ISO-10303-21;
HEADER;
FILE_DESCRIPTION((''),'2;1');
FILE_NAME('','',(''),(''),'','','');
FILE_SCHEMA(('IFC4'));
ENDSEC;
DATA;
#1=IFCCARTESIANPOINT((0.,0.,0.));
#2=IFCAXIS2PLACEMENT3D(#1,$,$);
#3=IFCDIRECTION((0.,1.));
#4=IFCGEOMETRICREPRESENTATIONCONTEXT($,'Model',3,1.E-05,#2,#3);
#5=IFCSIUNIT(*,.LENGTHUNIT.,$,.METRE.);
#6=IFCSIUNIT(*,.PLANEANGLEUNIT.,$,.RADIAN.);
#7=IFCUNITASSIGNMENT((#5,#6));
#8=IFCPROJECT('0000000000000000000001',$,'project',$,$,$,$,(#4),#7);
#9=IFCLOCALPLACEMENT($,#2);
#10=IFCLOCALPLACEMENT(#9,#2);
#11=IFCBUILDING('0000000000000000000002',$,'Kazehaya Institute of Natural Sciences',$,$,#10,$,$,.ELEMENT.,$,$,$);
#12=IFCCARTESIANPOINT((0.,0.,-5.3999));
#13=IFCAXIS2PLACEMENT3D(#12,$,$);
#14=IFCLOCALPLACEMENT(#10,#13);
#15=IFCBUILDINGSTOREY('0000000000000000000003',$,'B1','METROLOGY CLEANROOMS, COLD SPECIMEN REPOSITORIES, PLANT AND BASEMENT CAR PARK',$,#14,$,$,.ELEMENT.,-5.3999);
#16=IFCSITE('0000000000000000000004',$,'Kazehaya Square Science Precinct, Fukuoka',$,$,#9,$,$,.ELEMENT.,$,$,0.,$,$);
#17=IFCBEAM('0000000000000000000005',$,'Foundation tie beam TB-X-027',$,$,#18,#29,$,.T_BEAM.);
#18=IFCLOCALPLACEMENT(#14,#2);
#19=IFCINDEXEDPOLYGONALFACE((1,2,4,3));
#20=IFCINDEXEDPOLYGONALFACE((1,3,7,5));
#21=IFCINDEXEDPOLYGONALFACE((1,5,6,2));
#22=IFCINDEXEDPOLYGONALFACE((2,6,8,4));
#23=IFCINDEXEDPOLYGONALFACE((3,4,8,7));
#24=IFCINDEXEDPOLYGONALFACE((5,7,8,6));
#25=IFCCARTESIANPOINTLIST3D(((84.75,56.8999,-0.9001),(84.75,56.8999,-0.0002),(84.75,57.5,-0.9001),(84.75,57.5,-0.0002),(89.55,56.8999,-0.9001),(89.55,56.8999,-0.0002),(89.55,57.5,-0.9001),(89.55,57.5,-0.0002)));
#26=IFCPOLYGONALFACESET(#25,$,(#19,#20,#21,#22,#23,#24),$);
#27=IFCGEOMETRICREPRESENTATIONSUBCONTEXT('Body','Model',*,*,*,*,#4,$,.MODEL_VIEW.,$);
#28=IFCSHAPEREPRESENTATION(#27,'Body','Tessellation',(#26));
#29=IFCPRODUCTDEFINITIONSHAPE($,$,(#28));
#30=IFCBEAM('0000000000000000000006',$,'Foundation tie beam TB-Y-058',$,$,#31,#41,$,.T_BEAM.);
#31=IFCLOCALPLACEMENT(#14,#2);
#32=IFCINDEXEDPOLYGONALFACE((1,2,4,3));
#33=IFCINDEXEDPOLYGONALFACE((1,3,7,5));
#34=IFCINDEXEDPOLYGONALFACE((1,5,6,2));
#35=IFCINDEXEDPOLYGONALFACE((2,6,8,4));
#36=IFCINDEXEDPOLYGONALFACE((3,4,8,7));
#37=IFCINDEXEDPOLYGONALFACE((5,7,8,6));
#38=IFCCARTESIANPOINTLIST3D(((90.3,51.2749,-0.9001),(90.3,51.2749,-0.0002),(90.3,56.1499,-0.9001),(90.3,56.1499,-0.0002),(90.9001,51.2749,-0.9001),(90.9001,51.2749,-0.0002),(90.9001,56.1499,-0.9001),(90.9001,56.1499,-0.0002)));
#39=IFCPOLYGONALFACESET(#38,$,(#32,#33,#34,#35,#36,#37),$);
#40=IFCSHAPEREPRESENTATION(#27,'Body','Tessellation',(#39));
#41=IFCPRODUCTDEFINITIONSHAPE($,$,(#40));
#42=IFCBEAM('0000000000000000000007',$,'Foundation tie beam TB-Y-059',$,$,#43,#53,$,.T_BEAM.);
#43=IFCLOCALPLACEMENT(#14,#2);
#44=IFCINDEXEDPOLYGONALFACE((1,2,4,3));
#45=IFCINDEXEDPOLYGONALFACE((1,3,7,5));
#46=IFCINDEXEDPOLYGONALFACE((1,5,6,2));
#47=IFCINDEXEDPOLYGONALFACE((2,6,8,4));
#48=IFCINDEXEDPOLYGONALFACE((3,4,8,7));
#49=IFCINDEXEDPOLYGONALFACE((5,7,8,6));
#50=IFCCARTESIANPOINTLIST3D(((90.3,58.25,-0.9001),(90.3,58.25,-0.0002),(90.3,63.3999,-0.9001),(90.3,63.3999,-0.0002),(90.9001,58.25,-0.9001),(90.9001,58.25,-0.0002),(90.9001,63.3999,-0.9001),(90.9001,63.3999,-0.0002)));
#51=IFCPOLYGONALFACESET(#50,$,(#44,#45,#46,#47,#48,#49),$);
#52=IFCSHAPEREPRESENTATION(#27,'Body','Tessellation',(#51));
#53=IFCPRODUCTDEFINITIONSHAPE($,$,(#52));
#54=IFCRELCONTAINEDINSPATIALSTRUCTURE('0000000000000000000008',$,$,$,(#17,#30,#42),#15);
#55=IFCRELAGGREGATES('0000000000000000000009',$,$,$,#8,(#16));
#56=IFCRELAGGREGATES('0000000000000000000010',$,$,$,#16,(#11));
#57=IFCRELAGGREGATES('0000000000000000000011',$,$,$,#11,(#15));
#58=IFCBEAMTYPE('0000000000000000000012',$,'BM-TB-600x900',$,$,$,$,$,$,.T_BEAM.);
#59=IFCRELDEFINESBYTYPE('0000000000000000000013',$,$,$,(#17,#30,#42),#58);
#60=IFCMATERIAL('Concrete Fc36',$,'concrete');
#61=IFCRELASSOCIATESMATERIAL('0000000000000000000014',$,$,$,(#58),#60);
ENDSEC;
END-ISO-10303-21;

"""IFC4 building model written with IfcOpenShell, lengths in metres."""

from ifc_helpers import new_model, si_unit, direction, frame, origin, origin_2d, place, context, subcontext, project, spatial, rectangle, extrude, material, material_profile, profile_set, type_object, element, save


model = new_model("IFC4")

# Units and contexts
model_context = context("Model", 3, precision=1e-05, world=origin(), true_north=direction((0.0, 1.0)))
body_context = subcontext(model_context, "Body", "Model", "MODEL_VIEW")
ifc_project = project(units=[si_unit("LENGTHUNIT", "METRE"), si_unit("PLANEANGLEUNIT", "RADIAN")], contexts=[model_context])

# Site, building, storey
site_placement = place(None, origin())
site = spatial("IfcSite", under=ifc_project, at=site_placement, Name="Kazehaya Square Science Precinct, Fukuoka", CompositionType="ELEMENT", RefElevation=0.0)
building_placement = place(site_placement, origin())
building = spatial("IfcBuilding", under=site, at=building_placement, Name="Kazehaya Institute of Natural Sciences", CompositionType="ELEMENT")
storey_placement = place(building_placement, frame((0.0, 0.0, -5.3999)))
storey = spatial("IfcBuildingStorey", under=building, at=storey_placement, Name="B1", Description="METROLOGY CLEANROOMS, COLD SPECIMEN REPOSITORIES, PLANT AND BASEMENT CAR PARK", CompositionType="ELEMENT", Elevation=-5.3999)

# Shared definitions
ifc_material_1 = material(Name="Concrete Fc36", Category="concrete")

# Beams
ifc_material_profile_1 = material_profile(ifc_material_1, rectangle(XDim=0.6001, YDim=0.8999, at=origin_2d()), Name="RC-600x900")
ifc_profile_set_1 = profile_set([ifc_material_profile_1], Name="Concrete Fc36")
beam_type_1 = type_object("IfcBeamType", Name="BM-TB-600x900", PredefinedType="T_BEAM", material=ifc_profile_set_1)
beam_1_placement = place(storey_placement, frame((84.75, 57.2, -0.4502), z_axis=(1.0, 0.0, 0.0), x_axis=(0.0, 1.0, 0.0)))
element("IfcBeam", 1, at=beam_1_placement, inside=storey, type_object=beam_type_1, Name="Foundation tie beam TB-X-027", PredefinedType="T_BEAM", context=body_context, shape_type="SweptSolid", body=[
    extrude(rectangle(XDim=0.6001, YDim=0.8999, at=origin_2d()), origin(), (0.0, 0.0, 1.0), 4.8),
])
beam_2_placement = place(storey_placement, frame((90.6001, 51.2749, -0.4502), z_axis=(0.0, 1.0, 0.0), x_axis=(-1.0, 0.0, 0.0)))
element("IfcBeam", 2, at=beam_2_placement, inside=storey, type_object=beam_type_1, Name="Foundation tie beam TB-Y-058", PredefinedType="T_BEAM", context=body_context, shape_type="SweptSolid", body=[
    extrude(rectangle(XDim=0.6001, YDim=0.8999, at=origin_2d()), origin(), (0.0, 0.0, 1.0), 4.875),
])
beam_3_placement = place(storey_placement, frame((90.6001, 58.25, -0.4502), z_axis=(0.0, 1.0, 0.0), x_axis=(-1.0, 0.0, 0.0)))
element("IfcBeam", 3, at=beam_3_placement, inside=storey, type_object=beam_type_1, Name="Foundation tie beam TB-Y-059", PredefinedType="T_BEAM", context=body_context, shape_type="SweptSolid", body=[
    extrude(rectangle(XDim=0.6001, YDim=0.8999, at=origin_2d()), origin(), (0.0, 0.0, 1.0), 5.1499),
])

save(model, "model.ifc")
